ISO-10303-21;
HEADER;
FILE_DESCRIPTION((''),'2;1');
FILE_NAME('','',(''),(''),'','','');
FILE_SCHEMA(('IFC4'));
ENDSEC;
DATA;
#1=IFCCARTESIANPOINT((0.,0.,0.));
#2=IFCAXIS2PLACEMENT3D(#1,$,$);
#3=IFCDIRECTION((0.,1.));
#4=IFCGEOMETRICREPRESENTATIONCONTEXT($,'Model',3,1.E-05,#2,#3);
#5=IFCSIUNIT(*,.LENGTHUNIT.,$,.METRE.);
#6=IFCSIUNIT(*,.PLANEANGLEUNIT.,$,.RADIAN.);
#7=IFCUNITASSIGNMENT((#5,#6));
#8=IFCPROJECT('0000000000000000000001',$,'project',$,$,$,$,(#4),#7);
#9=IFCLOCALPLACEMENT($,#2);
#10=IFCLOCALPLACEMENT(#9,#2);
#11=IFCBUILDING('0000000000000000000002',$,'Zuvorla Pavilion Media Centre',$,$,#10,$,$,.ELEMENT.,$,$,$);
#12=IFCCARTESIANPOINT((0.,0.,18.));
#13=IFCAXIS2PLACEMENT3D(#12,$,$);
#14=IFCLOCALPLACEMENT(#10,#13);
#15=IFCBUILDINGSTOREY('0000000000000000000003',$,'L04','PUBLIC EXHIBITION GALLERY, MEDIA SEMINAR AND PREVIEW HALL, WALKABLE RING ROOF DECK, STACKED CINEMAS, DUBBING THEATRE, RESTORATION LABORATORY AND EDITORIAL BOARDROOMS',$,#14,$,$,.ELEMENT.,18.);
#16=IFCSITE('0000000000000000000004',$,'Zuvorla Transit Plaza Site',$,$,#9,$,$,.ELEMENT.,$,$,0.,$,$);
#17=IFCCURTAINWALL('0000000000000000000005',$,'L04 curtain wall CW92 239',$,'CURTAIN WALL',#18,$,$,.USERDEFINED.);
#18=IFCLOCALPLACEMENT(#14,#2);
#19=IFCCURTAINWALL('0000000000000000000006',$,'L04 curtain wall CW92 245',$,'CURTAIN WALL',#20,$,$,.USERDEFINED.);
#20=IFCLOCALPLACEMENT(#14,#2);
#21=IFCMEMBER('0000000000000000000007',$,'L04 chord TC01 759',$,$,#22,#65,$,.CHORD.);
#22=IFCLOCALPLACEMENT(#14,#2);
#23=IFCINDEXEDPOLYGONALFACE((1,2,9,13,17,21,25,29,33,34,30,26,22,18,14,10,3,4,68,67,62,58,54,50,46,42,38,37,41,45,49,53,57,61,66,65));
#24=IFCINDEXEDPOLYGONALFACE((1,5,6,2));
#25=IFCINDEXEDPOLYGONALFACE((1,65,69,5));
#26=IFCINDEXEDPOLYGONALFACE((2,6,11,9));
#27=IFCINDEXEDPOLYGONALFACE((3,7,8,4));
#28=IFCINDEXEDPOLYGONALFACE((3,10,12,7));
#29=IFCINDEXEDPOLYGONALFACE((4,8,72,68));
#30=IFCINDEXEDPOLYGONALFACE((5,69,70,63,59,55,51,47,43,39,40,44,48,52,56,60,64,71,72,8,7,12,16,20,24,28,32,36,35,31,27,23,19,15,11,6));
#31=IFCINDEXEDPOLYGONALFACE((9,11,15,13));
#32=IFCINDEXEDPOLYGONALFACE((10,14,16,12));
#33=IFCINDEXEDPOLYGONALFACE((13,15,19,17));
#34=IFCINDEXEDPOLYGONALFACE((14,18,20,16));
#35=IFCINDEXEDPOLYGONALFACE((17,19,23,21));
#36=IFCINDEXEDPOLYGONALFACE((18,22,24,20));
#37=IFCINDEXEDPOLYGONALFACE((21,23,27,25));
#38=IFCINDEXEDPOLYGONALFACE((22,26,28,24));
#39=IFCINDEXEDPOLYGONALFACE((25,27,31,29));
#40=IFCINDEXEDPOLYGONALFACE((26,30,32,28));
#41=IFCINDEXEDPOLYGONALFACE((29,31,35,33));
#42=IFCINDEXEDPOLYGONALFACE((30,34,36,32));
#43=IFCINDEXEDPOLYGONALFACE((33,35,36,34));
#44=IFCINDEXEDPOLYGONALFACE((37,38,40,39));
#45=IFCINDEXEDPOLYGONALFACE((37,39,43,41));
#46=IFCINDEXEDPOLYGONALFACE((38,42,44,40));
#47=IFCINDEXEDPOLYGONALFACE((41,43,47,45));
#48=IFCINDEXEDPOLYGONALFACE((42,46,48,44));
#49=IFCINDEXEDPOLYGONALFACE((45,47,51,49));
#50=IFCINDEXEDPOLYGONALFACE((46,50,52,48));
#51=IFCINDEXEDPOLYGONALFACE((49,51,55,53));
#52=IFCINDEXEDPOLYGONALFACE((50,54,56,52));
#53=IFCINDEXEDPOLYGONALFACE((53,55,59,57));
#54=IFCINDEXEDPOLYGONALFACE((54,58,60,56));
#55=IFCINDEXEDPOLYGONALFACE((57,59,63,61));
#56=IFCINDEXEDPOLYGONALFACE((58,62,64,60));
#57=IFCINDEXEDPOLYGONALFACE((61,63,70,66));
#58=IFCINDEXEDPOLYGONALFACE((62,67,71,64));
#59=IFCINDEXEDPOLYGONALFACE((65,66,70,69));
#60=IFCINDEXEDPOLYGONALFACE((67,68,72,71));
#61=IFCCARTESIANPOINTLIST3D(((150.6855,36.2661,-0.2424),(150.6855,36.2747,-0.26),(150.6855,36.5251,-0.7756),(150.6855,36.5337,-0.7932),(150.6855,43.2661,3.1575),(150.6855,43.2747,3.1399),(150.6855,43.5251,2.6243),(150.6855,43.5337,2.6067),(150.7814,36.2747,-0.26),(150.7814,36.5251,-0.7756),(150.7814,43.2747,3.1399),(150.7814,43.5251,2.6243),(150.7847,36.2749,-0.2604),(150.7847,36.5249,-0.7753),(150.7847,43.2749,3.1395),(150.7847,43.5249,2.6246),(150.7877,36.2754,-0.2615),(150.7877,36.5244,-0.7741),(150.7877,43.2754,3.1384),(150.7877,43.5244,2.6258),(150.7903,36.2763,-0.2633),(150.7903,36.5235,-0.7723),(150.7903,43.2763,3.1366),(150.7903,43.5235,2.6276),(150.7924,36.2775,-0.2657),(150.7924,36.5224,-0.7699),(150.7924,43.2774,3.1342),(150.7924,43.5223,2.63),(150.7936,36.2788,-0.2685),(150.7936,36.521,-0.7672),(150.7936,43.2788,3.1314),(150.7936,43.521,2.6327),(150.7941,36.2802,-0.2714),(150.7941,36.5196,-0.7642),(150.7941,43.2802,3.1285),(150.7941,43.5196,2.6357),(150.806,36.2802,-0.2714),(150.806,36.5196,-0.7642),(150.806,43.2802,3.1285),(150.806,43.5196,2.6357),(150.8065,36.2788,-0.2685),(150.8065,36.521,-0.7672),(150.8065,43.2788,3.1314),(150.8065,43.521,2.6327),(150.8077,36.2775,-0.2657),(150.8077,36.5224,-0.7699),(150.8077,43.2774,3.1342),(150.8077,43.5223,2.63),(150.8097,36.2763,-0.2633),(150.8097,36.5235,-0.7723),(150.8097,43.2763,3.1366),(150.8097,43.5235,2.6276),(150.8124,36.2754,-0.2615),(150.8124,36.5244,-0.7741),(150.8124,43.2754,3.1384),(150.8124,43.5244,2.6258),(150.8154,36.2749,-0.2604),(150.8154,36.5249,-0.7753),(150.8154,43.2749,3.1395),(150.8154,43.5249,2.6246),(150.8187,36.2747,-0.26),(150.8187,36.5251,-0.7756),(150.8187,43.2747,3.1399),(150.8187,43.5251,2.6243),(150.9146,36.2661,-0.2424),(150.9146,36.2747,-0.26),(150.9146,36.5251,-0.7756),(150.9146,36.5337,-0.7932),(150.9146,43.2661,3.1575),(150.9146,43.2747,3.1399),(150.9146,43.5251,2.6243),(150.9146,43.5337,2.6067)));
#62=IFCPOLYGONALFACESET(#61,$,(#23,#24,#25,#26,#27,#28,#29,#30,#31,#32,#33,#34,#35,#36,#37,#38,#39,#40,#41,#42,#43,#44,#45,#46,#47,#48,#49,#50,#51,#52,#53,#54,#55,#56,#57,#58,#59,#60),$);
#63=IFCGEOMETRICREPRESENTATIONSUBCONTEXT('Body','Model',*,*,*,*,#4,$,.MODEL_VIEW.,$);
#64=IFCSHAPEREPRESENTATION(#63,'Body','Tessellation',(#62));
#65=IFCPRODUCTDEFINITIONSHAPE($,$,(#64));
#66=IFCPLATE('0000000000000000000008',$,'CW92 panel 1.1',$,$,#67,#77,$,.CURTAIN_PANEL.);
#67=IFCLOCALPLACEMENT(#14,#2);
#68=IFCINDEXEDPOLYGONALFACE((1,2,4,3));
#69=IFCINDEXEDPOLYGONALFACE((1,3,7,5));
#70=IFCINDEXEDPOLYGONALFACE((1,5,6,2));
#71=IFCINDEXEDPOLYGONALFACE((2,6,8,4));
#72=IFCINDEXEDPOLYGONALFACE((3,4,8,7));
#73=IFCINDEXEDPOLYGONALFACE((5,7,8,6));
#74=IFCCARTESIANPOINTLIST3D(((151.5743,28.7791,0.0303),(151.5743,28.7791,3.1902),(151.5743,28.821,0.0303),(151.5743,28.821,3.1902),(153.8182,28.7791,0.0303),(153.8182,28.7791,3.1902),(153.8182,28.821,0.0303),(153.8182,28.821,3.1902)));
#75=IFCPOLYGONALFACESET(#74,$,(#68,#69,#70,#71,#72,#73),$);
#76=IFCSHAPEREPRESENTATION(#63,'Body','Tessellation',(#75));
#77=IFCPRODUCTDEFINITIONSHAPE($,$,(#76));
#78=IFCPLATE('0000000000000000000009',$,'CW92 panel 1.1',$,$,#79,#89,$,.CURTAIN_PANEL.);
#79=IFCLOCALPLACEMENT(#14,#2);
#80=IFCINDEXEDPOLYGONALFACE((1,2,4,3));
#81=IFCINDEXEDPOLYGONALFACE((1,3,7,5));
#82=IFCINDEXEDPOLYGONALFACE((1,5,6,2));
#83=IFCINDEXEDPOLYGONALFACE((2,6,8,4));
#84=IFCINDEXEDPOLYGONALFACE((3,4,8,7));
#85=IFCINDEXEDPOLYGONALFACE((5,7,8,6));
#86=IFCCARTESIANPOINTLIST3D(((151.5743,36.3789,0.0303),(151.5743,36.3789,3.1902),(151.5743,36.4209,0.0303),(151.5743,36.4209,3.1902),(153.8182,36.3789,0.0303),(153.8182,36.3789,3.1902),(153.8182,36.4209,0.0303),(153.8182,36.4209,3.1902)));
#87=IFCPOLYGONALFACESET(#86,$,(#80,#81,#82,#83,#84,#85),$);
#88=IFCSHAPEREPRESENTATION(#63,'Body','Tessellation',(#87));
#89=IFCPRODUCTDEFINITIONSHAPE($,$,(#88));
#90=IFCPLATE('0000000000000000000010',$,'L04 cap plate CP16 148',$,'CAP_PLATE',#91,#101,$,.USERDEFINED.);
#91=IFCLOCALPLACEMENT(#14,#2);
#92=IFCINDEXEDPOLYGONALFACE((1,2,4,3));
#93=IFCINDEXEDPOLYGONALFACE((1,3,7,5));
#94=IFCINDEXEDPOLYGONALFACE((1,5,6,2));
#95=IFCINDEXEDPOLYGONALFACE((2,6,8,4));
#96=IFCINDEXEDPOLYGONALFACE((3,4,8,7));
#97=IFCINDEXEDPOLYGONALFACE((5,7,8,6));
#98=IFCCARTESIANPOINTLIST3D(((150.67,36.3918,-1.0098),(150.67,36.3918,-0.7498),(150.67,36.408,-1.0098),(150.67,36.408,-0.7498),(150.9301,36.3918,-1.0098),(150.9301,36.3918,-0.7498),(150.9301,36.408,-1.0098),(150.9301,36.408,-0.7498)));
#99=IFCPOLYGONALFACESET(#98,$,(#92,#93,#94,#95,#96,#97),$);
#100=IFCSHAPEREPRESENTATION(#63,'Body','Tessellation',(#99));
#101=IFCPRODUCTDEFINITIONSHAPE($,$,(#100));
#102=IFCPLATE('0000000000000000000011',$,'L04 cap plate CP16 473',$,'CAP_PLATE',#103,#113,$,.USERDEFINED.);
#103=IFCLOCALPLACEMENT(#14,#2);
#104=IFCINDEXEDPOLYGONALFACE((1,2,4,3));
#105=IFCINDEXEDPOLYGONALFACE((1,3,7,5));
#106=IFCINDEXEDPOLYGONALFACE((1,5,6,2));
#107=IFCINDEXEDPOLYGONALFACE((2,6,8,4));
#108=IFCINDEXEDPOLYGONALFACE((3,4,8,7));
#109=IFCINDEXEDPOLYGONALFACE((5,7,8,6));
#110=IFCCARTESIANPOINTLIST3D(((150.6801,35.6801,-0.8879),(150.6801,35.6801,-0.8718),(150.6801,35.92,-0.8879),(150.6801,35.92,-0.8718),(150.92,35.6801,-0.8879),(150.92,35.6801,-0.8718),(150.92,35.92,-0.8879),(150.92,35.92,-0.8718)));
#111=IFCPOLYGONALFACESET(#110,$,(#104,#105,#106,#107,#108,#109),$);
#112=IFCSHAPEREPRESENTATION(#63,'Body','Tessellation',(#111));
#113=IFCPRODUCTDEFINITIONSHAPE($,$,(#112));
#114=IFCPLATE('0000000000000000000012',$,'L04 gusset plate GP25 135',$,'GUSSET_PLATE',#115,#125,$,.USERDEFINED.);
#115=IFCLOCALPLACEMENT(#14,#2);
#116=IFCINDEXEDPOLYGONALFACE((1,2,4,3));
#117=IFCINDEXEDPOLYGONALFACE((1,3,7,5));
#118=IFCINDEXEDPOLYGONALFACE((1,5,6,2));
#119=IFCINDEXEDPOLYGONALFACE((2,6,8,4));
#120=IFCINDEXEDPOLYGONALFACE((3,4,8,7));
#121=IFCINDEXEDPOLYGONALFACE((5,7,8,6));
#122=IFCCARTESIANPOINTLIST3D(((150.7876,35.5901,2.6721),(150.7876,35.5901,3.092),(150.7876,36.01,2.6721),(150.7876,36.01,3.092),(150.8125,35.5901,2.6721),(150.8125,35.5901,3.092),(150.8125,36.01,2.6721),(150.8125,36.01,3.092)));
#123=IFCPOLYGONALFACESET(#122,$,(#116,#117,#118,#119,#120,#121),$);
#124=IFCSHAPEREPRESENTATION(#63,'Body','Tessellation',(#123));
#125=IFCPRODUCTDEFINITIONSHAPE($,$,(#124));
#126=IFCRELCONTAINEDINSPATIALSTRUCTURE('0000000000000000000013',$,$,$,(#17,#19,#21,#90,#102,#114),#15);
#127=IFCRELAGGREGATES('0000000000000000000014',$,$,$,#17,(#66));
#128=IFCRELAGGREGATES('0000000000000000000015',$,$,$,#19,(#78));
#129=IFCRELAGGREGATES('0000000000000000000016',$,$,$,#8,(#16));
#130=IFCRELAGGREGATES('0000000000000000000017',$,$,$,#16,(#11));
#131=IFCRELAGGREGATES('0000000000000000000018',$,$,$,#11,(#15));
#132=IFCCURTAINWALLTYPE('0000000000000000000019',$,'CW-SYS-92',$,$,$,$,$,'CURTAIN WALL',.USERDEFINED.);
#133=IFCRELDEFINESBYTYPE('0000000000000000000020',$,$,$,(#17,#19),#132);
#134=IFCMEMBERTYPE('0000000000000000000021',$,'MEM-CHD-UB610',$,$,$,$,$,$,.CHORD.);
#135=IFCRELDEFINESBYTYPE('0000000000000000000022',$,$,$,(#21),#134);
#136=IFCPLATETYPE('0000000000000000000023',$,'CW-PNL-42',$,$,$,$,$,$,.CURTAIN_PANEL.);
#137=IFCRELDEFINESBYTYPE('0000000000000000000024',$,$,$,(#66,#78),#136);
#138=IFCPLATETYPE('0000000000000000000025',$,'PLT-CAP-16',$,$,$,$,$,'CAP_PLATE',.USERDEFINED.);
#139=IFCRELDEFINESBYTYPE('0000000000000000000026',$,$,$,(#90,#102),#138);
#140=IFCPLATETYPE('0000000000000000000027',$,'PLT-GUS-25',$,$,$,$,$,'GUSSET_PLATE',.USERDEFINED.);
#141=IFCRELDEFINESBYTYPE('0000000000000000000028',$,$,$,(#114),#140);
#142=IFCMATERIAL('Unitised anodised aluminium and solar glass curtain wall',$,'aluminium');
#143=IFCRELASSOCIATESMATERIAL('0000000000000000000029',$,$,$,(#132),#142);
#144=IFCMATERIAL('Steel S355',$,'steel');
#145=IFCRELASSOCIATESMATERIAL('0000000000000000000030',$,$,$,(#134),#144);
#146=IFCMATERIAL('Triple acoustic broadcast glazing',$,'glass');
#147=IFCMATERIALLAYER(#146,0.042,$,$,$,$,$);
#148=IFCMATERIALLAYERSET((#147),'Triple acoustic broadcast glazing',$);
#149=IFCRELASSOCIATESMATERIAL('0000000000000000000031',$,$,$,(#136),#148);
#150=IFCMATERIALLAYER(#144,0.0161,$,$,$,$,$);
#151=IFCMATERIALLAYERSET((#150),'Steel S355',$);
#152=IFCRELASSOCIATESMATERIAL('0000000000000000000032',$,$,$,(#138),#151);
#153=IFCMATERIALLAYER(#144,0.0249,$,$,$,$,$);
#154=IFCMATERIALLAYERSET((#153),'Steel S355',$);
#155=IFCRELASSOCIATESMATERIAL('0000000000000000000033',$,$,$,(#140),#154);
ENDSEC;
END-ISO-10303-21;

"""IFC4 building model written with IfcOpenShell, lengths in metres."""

from ifc_helpers import new_model, si_unit, direction, frame, origin, origin_2d, place, context, subcontext, project, spatial, rectangle, i_section, extrude, material, layer, layer_set, material_profile, profile_set, type_object, element, aggregate, save


model = new_model("IFC4")

# Units and contexts
model_context = context("Model", 3, precision=1e-05, world=origin(), true_north=direction((0.0, 1.0)))
body_context = subcontext(model_context, "Body", "Model", "MODEL_VIEW")
ifc_project = project(units=[si_unit("LENGTHUNIT", "METRE"), si_unit("PLANEANGLEUNIT", "RADIAN")], contexts=[model_context])

# Site, building, storey
site_placement = place(None, origin())
site = spatial("IfcSite", under=ifc_project, at=site_placement, Name="Zuvorla Transit Plaza Site", CompositionType="ELEMENT", RefElevation=0.0)
building_placement = place(site_placement, origin())
building = spatial("IfcBuilding", under=site, at=building_placement, Name="Zuvorla Pavilion Media Centre", CompositionType="ELEMENT")
storey_placement = place(building_placement, frame((0.0, 0.0, 18.0)))
storey = spatial("IfcBuildingStorey", under=building, at=storey_placement, Name="L04", Description="PUBLIC EXHIBITION GALLERY, MEDIA SEMINAR AND PREVIEW HALL, WALKABLE RING ROOF DECK, STACKED CINEMAS, DUBBING THEATRE, RESTORATION LABORATORY AND EDITORIAL BOARDROOMS", CompositionType="ELEMENT", Elevation=18.0)

# Shared definitions
ifc_material_1 = material(Name="Steel S355", Category="steel")

# Curtain walls
ifc_material_2 = material(Name="Unitised anodised aluminium and solar glass curtain wall", Category="aluminium")
curtain_wall_type = type_object("IfcCurtainWallType", Name="CW-SYS-92", ElementType="CURTAIN WALL", PredefinedType="USERDEFINED", material=ifc_material_2)
curtain_wall_1_placement = place(storey_placement, origin())
curtain_wall_1 = element("IfcCurtainWall", 1, at=curtain_wall_1_placement, inside=storey, type_object=curtain_wall_type, Name="L04 curtain wall CW92 239", ObjectType="CURTAIN WALL", PredefinedType="USERDEFINED")
curtain_wall_2_placement = place(storey_placement, origin())
curtain_wall_2 = element("IfcCurtainWall", 2, at=curtain_wall_2_placement, inside=storey, type_object=curtain_wall_type, Name="L04 curtain wall CW92 245", ObjectType="CURTAIN WALL", PredefinedType="USERDEFINED")

# Member
ifc_material_profile_1 = material_profile(ifc_material_1, i_section(OverallWidth=0.229, OverallDepth=0.6123, WebThickness=0.012, FlangeThickness=0.0195, FilletRadius=0.0127, at=origin_2d()), Name="UB 610x229x125")
ifc_profile_set_1 = profile_set([ifc_material_profile_1], Name="Steel S355")
member_type_1 = type_object("IfcMemberType", Name="MEM-CHD-UB610", PredefinedType="CHORD", material=ifc_profile_set_1)
member_1_placement = place(storey_placement, frame((150.8, 36.3999, -0.5178), z_axis=(0.0, 0.899513, 0.436894), x_axis=(-1.0, 0.0, 0.0)))
element("IfcMember", 3, at=member_1_placement, inside=storey, type_object=member_type_1, Name="L04 chord TC01 759", PredefinedType="CHORD", context=body_context, shape_type="SweptSolid", body=[
    extrude(i_section(OverallWidth=0.229, OverallDepth=0.6123, WebThickness=0.012, FlangeThickness=0.0195, FilletRadius=0.0127, at=origin_2d()), origin(), (0.0, 0.0, 1.0), 7.782),
])

# Plates
ifc_material_3 = material(Name="Triple acoustic broadcast glazing", Category="glass")
ifc_layer_1 = layer(ifc_material_3, 0.042)
ifc_layer_set_1 = layer_set([ifc_layer_1], Name="Triple acoustic broadcast glazing")
plate_type_1 = type_object("IfcPlateType", Name="CW-PNL-42", PredefinedType="CURTAIN_PANEL", material=ifc_layer_set_1)
plate_1_placement = place(storey_placement, frame((152.6963, 28.8, 0.0303), z_axis=(0.0, 0.0, 1.0), x_axis=(1.0, 0.0, 0.0)))
plate_1 = element("IfcPlate", 4, at=plate_1_placement, type_object=plate_type_1, Name="CW92 panel 1.1", PredefinedType="CURTAIN_PANEL", context=body_context, shape_type="SweptSolid", body=[
    extrude(rectangle(XDim=2.2439, YDim=0.042, at=origin_2d()), origin(), (0.0, 0.0, 1.0), 3.1599),
])
aggregate(curtain_wall_1, [plate_1])
plate_2_placement = place(storey_placement, frame((152.6963, 36.3999, 0.0303), z_axis=(0.0, 0.0, 1.0), x_axis=(1.0, 0.0, 0.0)))
plate_2 = element("IfcPlate", 5, at=plate_2_placement, type_object=plate_type_1, Name="CW92 panel 1.1", PredefinedType="CURTAIN_PANEL", context=body_context, shape_type="SweptSolid", body=[
    extrude(rectangle(XDim=2.2439, YDim=0.042, at=origin_2d()), origin(), (0.0, 0.0, 1.0), 3.1599),
])
aggregate(curtain_wall_2, [plate_2])

# Plates
ifc_layer_2 = layer(ifc_material_1, 0.0161)
ifc_layer_set_2 = layer_set([ifc_layer_2], Name="Steel S355")
plate_type_2 = type_object("IfcPlateType", Name="PLT-CAP-16", ElementType="CAP_PLATE", PredefinedType="USERDEFINED", material=ifc_layer_set_2)
plate_3_placement = place(storey_placement, frame((150.8, 36.3999, -1.0098), z_axis=(0.0, 0.0, 1.0), x_axis=(1.0, 0.0, 0.0)))
element("IfcPlate", 6, at=plate_3_placement, inside=storey, type_object=plate_type_2, Name="L04 cap plate CP16 148", ObjectType="CAP_PLATE", PredefinedType="USERDEFINED", context=body_context, shape_type="SweptSolid", body=[
    extrude(rectangle(XDim=0.26, YDim=0.0161, at=origin_2d()), origin(), (0.0, 0.0, 1.0), 0.26),
])
plate_4_placement = place(storey_placement, frame((150.8, 35.8, -0.8879), z_axis=(0.0, 0.0, 1.0), x_axis=(1.0, 0.0, 0.0)))
element("IfcPlate", 7, at=plate_4_placement, inside=storey, type_object=plate_type_2, Name="L04 cap plate CP16 473", ObjectType="CAP_PLATE", PredefinedType="USERDEFINED", context=body_context, shape_type="SweptSolid", body=[
    extrude(rectangle(XDim=0.24, YDim=0.24, at=origin_2d()), origin(), (0.0, 0.0, 1.0), 0.0161),
])
ifc_layer_3 = layer(ifc_material_1, 0.0249)
ifc_layer_set_3 = layer_set([ifc_layer_3], Name="Steel S355")
plate_type_3 = type_object("IfcPlateType", Name="PLT-GUS-25", ElementType="GUSSET_PLATE", PredefinedType="USERDEFINED", material=ifc_layer_set_3)
plate_5_placement = place(storey_placement, frame((150.8, 35.8, 2.6721), z_axis=(0.0, 0.0, 1.0), x_axis=(1.0, 0.0, 0.0)))
element("IfcPlate", 8, at=plate_5_placement, inside=storey, type_object=plate_type_3, Name="L04 gusset plate GP25 135", ObjectType="GUSSET_PLATE", PredefinedType="USERDEFINED", context=body_context, shape_type="SweptSolid", body=[
    extrude(rectangle(XDim=0.0249, YDim=0.4199, at=origin_2d()), origin(), (0.0, 0.0, 1.0), 0.4199),
])

save(model, "model.ifc")
